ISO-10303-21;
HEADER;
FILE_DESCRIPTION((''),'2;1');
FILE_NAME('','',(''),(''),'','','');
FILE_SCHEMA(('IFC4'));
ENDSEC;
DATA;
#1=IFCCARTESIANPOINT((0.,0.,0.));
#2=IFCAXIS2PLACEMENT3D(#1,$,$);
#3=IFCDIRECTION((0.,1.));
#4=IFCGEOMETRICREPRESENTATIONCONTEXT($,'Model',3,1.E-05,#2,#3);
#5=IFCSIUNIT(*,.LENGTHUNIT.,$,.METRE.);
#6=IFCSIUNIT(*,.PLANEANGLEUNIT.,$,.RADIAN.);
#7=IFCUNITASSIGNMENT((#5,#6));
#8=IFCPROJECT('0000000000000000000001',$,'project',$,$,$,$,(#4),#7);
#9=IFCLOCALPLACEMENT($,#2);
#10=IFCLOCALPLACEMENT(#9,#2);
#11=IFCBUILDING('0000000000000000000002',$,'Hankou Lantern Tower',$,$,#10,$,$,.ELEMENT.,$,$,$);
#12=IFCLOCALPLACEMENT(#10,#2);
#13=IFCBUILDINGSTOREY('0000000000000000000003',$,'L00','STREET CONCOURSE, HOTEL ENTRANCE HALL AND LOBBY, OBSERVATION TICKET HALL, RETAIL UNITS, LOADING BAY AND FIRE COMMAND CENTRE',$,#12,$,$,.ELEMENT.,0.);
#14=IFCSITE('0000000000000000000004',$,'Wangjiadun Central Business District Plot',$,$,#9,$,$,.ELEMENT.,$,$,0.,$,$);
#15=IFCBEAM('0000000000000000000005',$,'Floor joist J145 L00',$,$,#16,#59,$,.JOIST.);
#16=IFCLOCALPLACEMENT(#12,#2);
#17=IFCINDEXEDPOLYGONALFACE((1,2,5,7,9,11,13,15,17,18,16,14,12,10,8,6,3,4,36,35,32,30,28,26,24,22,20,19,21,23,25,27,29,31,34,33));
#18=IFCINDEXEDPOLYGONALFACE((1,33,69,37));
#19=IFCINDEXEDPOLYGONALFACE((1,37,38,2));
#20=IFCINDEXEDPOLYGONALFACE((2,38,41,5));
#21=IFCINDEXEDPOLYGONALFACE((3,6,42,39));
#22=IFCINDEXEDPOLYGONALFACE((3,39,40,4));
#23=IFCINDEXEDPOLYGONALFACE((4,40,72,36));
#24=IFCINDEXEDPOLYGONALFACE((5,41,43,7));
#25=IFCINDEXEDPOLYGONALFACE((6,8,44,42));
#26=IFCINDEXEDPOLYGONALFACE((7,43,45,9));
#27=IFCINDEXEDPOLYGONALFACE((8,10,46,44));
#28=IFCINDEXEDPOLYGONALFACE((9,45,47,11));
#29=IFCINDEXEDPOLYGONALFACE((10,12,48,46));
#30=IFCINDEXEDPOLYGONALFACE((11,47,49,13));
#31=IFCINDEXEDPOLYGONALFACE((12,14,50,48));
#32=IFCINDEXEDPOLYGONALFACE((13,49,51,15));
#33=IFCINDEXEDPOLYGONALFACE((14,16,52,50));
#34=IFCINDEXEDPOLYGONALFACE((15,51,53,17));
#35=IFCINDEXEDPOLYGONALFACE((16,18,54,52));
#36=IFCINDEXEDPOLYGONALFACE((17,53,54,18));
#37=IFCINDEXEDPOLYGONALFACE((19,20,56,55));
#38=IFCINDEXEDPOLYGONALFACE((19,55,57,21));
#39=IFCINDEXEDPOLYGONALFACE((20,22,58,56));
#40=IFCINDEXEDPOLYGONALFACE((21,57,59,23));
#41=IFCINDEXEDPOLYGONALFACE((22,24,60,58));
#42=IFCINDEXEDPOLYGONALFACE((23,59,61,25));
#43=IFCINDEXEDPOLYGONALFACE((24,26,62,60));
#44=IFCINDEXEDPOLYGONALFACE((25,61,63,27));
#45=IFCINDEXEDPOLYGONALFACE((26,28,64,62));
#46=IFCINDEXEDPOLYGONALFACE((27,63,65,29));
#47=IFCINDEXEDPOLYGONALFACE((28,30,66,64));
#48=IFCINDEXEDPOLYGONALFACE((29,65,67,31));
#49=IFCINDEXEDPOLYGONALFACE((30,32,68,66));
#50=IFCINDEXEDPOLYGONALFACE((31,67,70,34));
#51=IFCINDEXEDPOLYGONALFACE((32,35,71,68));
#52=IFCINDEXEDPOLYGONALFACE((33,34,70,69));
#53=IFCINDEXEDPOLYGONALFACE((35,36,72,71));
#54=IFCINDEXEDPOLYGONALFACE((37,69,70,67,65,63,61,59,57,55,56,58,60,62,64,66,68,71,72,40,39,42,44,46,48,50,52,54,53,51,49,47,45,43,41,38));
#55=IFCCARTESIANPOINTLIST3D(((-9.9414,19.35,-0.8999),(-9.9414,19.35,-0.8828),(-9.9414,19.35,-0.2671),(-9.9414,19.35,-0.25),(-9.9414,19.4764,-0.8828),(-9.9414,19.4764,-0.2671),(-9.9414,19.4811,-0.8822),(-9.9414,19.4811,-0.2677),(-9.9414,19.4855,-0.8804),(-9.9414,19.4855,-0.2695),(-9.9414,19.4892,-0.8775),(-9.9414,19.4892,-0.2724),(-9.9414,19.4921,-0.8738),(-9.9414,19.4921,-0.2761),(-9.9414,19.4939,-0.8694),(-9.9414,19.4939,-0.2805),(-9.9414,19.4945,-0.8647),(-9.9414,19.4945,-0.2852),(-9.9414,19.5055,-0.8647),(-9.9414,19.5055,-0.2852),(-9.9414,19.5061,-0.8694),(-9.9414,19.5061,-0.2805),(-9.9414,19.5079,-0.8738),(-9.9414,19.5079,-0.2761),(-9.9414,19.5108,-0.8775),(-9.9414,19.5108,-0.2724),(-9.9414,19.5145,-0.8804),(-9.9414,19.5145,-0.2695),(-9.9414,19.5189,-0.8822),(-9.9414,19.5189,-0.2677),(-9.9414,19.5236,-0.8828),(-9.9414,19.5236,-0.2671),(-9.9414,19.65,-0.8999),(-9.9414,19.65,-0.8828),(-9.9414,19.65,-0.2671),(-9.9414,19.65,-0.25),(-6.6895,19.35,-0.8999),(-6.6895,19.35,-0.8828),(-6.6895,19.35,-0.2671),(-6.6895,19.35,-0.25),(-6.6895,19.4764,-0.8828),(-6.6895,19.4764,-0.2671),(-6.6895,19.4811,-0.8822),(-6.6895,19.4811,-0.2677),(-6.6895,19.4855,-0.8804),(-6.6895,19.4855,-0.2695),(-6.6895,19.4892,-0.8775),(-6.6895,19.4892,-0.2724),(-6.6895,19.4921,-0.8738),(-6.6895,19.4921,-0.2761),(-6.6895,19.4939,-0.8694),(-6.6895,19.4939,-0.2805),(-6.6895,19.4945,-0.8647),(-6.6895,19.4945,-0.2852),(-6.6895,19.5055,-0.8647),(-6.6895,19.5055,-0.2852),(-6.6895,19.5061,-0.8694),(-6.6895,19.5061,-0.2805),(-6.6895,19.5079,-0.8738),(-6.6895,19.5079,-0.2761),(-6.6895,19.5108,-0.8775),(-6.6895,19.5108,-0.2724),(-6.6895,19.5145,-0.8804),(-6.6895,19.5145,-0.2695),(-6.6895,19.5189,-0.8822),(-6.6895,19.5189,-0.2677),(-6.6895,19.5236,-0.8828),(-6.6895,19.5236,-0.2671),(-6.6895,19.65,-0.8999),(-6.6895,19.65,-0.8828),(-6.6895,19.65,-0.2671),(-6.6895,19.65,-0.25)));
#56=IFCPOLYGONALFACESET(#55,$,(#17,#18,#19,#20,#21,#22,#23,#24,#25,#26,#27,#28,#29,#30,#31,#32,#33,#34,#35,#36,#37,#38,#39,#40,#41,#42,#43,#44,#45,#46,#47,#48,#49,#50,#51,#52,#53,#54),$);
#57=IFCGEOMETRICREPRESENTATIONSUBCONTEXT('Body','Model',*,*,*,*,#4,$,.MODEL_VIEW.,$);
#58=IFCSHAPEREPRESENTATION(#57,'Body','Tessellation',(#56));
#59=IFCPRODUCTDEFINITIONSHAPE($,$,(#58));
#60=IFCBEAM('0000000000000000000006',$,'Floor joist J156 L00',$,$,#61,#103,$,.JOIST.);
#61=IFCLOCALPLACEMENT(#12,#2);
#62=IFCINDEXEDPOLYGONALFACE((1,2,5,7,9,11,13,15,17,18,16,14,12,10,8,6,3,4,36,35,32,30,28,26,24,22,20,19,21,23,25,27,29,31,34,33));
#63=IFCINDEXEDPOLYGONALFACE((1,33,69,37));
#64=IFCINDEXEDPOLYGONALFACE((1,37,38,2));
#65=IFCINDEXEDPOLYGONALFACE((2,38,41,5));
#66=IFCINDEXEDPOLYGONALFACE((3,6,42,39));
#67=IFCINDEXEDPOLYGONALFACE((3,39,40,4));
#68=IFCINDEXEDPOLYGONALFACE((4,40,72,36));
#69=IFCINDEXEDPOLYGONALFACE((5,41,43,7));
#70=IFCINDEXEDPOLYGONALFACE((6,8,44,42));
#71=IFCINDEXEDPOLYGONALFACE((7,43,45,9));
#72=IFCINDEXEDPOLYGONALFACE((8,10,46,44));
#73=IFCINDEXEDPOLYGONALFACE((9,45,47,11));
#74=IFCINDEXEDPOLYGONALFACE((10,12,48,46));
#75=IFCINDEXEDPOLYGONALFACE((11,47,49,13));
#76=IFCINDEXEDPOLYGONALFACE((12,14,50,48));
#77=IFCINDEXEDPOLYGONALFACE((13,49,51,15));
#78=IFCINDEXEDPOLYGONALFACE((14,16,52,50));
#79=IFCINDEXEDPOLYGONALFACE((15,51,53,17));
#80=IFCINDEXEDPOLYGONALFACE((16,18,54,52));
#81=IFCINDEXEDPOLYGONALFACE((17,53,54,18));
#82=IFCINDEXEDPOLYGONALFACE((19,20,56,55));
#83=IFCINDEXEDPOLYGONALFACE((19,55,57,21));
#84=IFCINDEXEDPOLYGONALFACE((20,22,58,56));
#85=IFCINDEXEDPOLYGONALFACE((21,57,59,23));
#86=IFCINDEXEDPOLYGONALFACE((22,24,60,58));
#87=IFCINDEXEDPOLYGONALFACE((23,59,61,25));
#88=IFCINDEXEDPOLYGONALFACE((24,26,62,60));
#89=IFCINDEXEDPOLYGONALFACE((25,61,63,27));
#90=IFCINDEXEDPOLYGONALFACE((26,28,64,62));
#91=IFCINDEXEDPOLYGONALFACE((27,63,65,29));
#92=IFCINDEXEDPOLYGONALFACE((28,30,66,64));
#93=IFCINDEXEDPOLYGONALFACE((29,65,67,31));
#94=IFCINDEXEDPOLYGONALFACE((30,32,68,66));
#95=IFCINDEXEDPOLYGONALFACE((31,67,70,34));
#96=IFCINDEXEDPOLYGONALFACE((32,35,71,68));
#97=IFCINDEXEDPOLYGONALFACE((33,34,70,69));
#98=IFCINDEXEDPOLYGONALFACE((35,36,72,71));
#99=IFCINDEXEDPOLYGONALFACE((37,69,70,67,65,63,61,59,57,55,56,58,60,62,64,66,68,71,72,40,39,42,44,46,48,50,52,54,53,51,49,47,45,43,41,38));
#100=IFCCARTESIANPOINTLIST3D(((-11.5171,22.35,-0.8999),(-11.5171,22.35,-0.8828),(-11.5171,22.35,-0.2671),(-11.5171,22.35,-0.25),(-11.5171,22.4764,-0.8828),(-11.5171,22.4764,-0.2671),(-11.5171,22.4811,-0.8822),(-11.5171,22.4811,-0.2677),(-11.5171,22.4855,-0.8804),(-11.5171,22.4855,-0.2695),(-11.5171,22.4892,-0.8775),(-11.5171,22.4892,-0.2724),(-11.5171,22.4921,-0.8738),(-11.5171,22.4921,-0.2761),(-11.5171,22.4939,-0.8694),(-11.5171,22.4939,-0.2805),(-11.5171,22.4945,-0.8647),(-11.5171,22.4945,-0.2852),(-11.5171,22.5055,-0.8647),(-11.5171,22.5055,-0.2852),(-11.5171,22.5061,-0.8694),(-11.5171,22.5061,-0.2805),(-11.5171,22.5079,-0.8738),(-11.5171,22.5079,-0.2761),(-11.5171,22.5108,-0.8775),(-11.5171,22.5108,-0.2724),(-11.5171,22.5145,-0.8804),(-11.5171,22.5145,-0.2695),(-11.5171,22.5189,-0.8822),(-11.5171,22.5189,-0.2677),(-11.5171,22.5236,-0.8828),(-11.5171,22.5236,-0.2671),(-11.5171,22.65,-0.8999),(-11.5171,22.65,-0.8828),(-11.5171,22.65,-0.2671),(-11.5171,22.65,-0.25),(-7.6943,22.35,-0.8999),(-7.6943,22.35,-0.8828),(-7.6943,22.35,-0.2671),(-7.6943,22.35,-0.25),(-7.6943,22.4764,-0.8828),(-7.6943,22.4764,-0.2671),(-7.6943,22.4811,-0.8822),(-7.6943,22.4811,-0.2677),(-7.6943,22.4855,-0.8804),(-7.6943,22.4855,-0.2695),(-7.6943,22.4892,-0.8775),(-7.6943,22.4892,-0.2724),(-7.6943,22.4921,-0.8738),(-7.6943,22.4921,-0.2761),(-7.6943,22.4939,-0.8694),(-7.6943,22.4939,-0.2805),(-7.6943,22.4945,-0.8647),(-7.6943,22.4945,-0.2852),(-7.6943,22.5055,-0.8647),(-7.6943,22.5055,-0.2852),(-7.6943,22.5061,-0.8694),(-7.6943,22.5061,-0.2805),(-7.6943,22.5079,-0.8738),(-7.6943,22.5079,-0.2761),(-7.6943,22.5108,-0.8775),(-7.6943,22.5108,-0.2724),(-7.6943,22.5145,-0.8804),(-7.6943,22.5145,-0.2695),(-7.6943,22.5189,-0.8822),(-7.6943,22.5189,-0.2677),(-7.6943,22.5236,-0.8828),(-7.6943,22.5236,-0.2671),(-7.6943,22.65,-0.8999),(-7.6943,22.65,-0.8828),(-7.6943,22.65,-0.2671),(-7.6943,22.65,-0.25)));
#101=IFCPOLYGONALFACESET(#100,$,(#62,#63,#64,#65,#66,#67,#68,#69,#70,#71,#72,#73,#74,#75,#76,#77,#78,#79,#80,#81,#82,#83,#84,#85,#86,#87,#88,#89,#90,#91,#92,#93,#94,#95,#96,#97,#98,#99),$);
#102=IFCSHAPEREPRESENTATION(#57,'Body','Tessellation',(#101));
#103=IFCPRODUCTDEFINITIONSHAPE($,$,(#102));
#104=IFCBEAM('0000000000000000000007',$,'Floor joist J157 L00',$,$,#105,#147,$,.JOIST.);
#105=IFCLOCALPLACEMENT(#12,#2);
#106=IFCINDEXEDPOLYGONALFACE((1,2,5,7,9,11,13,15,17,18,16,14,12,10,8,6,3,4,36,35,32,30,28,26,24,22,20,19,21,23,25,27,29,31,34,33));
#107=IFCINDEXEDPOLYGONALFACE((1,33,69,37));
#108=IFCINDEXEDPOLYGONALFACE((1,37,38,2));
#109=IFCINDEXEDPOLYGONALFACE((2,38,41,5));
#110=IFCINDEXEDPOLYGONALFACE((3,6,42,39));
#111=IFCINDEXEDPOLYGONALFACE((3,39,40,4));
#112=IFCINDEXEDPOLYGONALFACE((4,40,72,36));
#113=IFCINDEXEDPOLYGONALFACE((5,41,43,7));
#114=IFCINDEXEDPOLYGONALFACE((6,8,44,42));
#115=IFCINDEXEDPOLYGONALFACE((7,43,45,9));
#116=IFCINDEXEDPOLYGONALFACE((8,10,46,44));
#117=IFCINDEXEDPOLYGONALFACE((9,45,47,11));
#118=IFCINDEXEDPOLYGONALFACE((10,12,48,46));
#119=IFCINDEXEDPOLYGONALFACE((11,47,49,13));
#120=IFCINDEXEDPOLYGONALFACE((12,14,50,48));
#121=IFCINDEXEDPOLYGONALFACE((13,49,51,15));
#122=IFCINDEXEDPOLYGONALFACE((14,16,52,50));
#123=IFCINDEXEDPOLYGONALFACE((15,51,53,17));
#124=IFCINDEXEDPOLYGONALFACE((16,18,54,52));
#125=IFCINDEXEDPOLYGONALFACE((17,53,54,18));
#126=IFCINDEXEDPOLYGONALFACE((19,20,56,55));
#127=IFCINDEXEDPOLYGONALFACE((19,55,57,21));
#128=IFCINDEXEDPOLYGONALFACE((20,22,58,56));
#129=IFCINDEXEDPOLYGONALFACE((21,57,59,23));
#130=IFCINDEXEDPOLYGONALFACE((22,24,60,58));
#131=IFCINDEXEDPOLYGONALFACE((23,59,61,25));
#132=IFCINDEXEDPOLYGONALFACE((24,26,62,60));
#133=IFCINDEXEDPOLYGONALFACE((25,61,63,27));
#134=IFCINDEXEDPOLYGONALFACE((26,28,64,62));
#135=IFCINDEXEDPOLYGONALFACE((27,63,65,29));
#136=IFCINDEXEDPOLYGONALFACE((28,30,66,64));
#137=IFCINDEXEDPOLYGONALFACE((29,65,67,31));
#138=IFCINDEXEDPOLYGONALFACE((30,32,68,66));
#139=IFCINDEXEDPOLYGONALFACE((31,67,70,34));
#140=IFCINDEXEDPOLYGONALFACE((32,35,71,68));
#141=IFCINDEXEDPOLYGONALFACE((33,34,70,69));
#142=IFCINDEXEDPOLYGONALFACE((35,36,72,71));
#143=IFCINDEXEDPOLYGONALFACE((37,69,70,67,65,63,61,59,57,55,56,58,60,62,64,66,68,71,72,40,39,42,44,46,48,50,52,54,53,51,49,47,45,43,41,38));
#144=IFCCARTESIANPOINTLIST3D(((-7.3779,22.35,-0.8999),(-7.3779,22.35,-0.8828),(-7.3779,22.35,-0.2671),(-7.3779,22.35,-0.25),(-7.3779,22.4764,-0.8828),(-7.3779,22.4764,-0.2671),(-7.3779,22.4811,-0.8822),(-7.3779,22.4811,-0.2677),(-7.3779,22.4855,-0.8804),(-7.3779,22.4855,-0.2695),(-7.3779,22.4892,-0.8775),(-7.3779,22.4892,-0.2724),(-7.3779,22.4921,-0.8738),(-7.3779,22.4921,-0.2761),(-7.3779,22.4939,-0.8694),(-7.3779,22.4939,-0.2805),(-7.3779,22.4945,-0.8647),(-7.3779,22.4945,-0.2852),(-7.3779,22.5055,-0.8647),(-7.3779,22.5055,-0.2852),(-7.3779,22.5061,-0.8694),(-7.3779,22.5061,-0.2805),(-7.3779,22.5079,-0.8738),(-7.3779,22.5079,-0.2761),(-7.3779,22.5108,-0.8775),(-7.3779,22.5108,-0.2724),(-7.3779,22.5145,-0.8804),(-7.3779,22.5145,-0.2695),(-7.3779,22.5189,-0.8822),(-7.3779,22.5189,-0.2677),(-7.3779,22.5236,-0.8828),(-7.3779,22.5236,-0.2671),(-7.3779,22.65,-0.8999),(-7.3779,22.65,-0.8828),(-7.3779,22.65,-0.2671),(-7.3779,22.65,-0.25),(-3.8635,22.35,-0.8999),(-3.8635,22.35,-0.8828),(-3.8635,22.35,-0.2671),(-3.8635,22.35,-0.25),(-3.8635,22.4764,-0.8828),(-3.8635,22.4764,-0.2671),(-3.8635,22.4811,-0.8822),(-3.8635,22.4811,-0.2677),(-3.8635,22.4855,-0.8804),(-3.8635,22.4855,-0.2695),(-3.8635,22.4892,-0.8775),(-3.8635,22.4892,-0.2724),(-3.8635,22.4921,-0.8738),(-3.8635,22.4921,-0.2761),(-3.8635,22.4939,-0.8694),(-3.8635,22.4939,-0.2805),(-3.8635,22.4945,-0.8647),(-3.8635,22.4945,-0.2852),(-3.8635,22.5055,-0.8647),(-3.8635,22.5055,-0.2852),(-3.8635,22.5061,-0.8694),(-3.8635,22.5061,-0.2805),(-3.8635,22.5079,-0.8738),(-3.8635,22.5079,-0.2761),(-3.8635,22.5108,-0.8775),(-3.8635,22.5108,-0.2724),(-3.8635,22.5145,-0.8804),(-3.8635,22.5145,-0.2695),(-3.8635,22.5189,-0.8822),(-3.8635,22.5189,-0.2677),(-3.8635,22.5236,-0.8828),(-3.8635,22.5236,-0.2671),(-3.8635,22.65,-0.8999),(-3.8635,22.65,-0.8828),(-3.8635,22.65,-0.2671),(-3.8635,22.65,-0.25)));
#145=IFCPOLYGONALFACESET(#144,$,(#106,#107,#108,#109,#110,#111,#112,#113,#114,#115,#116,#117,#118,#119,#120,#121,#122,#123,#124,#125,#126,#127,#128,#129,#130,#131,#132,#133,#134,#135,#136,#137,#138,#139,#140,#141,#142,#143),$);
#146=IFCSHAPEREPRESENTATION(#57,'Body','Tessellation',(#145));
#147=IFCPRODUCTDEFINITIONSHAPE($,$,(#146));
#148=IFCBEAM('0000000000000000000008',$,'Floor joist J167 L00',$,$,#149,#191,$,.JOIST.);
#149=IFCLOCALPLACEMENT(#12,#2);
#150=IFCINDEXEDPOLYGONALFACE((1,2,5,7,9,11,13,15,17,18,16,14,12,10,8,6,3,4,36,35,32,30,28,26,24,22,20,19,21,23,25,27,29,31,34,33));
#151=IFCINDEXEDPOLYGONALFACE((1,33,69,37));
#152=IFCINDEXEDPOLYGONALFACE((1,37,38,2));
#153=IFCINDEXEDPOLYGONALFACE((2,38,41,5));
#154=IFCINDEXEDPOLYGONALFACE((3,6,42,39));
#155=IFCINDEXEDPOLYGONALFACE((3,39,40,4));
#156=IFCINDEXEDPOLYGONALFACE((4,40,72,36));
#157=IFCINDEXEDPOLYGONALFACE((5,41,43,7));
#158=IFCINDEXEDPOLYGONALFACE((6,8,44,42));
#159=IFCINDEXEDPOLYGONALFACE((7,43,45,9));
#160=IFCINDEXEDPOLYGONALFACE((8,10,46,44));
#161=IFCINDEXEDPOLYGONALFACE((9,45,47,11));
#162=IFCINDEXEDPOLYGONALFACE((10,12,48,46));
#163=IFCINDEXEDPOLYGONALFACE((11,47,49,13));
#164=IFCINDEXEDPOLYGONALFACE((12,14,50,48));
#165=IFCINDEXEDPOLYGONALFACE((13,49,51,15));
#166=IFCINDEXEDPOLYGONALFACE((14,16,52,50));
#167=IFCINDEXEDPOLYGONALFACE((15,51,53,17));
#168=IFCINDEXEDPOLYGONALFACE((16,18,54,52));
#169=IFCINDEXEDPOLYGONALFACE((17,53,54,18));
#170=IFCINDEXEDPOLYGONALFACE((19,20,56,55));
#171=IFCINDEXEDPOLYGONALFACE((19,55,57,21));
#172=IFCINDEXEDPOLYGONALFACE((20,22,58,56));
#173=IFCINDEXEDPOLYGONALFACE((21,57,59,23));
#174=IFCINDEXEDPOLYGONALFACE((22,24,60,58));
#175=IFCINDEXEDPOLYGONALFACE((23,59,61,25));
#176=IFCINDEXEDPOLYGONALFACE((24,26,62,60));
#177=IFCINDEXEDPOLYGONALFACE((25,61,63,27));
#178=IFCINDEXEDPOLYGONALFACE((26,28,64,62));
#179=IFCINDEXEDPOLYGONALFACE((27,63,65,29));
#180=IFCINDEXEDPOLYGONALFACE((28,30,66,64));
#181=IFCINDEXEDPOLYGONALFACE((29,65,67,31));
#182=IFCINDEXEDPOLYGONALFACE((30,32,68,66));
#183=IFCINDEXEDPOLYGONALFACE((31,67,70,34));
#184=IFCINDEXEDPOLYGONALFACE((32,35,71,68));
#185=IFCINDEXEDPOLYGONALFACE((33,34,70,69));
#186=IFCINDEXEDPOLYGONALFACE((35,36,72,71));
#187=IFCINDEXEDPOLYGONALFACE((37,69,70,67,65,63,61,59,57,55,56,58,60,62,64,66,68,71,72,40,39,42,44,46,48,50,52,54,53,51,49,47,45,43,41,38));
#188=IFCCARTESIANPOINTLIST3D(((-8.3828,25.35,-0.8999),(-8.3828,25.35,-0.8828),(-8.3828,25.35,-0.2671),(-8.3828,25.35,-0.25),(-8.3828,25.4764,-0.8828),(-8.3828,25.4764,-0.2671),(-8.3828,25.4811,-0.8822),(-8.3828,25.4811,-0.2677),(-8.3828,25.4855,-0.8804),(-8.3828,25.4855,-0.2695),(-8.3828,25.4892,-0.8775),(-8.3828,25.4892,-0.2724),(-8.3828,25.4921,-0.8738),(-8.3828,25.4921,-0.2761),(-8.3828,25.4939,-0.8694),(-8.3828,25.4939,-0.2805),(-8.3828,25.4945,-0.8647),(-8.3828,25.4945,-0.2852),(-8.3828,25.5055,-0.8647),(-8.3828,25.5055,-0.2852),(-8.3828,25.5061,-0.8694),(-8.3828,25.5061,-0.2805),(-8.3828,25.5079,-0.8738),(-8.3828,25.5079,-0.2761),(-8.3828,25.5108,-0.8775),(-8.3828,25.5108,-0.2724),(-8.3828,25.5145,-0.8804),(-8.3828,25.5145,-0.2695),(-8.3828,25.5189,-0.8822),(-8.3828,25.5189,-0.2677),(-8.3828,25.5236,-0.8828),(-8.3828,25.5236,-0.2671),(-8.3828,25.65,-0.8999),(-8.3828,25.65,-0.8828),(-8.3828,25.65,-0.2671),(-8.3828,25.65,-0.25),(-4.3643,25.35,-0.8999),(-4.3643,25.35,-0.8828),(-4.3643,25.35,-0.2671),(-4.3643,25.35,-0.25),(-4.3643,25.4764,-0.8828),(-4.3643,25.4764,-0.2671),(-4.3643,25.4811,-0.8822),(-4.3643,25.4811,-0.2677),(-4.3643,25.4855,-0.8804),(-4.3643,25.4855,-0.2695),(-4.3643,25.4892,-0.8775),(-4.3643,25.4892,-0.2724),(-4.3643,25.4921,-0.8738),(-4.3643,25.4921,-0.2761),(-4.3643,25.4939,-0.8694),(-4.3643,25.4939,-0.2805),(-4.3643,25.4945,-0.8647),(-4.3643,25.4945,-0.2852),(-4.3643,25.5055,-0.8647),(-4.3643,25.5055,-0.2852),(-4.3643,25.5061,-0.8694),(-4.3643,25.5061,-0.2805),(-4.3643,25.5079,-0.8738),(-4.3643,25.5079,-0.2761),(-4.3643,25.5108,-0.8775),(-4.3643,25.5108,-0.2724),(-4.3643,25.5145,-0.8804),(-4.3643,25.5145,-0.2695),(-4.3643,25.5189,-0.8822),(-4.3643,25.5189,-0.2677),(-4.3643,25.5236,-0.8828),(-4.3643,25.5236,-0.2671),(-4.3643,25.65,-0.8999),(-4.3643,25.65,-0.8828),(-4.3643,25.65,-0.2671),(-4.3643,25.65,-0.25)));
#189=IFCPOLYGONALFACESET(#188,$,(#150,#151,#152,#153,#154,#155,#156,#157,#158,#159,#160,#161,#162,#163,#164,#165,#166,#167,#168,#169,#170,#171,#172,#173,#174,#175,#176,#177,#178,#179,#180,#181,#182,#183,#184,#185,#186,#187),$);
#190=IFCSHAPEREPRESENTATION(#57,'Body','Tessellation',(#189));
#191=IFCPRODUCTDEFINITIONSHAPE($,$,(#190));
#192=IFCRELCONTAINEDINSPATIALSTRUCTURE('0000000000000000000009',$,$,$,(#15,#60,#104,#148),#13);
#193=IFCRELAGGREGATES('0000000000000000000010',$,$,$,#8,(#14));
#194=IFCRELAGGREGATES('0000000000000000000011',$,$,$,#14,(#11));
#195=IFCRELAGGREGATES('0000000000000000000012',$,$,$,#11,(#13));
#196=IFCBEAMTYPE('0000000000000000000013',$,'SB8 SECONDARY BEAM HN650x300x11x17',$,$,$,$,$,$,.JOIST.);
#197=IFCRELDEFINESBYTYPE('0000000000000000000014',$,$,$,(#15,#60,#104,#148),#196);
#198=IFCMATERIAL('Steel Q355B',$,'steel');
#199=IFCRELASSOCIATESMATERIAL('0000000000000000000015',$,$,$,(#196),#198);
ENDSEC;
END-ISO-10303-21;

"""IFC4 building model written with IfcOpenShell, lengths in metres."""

from ifc_helpers import new_model, si_unit, direction, frame, origin, origin_2d, place, context, subcontext, project, spatial, i_section, extrude, material, material_profile, profile_set, type_object, element, save


model = new_model("IFC4")

# Units and contexts
model_context = context("Model", 3, precision=1e-05, world=origin(), true_north=direction((0.0, 1.0)))
body_context = subcontext(model_context, "Body", "Model", "MODEL_VIEW")
ifc_project = project(units=[si_unit("LENGTHUNIT", "METRE"), si_unit("PLANEANGLEUNIT", "RADIAN")], contexts=[model_context])

# Site, building, storey
site_placement = place(None, origin())
site = spatial("IfcSite", under=ifc_project, at=site_placement, Name="Wangjiadun Central Business District Plot", CompositionType="ELEMENT", RefElevation=0.0)
building_placement = place(site_placement, origin())
building = spatial("IfcBuilding", under=site, at=building_placement, Name="Hankou Lantern Tower", CompositionType="ELEMENT")
storey_placement = place(building_placement, origin())
storey = spatial("IfcBuildingStorey", under=building, at=storey_placement, Name="L00", Description="STREET CONCOURSE, HOTEL ENTRANCE HALL AND LOBBY, OBSERVATION TICKET HALL, RETAIL UNITS, LOADING BAY AND FIRE COMMAND CENTRE", CompositionType="ELEMENT", Elevation=0.0)

# Beams
ifc_material_1 = material(Name="Steel Q355B", Category="steel")
ifc_material_profile_1 = material_profile(ifc_material_1, i_section(OverallWidth=0.3, OverallDepth=0.6499, WebThickness=0.011, FlangeThickness=0.0171, FilletRadius=0.0181, at=origin_2d()), Name="HN650x300x11x17")
ifc_profile_set_1 = profile_set([ifc_material_profile_1], Name="Steel Q355B")
beam_type_1 = type_object("IfcBeamType", Name="SB8 SECONDARY BEAM HN650x300x11x17", PredefinedType="JOIST", material=ifc_profile_set_1)
beam_1_placement = place(storey_placement, frame((-9.9414, 19.5, -0.575), z_axis=(1.0, 0.0, 0.0), x_axis=(0.0, 1.0, 0.0)))
element("IfcBeam", 1, at=beam_1_placement, inside=storey, type_object=beam_type_1, Name="Floor joist J145 L00", PredefinedType="JOIST", context=body_context, shape_type="SweptSolid", body=[
    extrude(i_section(OverallWidth=0.3, OverallDepth=0.6499, WebThickness=0.011, FlangeThickness=0.0171, FilletRadius=0.0181, at=origin_2d()), origin(), (0.0, 0.0, 1.0), 3.252),
])
beam_2_placement = place(storey_placement, frame((-11.5171, 22.5, -0.575), z_axis=(1.0, 0.0, 0.0), x_axis=(0.0, 1.0, 0.0)))
element("IfcBeam", 2, at=beam_2_placement, inside=storey, type_object=beam_type_1, Name="Floor joist J156 L00", PredefinedType="JOIST", context=body_context, shape_type="SweptSolid", body=[
    extrude(i_section(OverallWidth=0.3, OverallDepth=0.6499, WebThickness=0.011, FlangeThickness=0.0171, FilletRadius=0.0181, at=origin_2d()), origin(), (0.0, 0.0, 1.0), 3.8228),
])
beam_3_placement = place(storey_placement, frame((-7.3779, 22.5, -0.575), z_axis=(1.0, 0.0, 0.0), x_axis=(0.0, 1.0, 0.0)))
element("IfcBeam", 3, at=beam_3_placement, inside=storey, type_object=beam_type_1, Name="Floor joist J157 L00", PredefinedType="JOIST", context=body_context, shape_type="SweptSolid", body=[
    extrude(i_section(OverallWidth=0.3, OverallDepth=0.6499, WebThickness=0.011, FlangeThickness=0.0171, FilletRadius=0.0181, at=origin_2d()), origin(), (0.0, 0.0, 1.0), 3.5144),
])
beam_4_placement = place(storey_placement, frame((-8.3828, 25.5, -0.575), z_axis=(1.0, 0.0, 0.0), x_axis=(0.0, 1.0, 0.0)))
element("IfcBeam", 4, at=beam_4_placement, inside=storey, type_object=beam_type_1, Name="Floor joist J167 L00", PredefinedType="JOIST", context=body_context, shape_type="SweptSolid", body=[
    extrude(i_section(OverallWidth=0.3, OverallDepth=0.6499, WebThickness=0.011, FlangeThickness=0.0171, FilletRadius=0.0181, at=origin_2d()), origin(), (0.0, 0.0, 1.0), 4.0186),
])

save(model, "model.ifc")
